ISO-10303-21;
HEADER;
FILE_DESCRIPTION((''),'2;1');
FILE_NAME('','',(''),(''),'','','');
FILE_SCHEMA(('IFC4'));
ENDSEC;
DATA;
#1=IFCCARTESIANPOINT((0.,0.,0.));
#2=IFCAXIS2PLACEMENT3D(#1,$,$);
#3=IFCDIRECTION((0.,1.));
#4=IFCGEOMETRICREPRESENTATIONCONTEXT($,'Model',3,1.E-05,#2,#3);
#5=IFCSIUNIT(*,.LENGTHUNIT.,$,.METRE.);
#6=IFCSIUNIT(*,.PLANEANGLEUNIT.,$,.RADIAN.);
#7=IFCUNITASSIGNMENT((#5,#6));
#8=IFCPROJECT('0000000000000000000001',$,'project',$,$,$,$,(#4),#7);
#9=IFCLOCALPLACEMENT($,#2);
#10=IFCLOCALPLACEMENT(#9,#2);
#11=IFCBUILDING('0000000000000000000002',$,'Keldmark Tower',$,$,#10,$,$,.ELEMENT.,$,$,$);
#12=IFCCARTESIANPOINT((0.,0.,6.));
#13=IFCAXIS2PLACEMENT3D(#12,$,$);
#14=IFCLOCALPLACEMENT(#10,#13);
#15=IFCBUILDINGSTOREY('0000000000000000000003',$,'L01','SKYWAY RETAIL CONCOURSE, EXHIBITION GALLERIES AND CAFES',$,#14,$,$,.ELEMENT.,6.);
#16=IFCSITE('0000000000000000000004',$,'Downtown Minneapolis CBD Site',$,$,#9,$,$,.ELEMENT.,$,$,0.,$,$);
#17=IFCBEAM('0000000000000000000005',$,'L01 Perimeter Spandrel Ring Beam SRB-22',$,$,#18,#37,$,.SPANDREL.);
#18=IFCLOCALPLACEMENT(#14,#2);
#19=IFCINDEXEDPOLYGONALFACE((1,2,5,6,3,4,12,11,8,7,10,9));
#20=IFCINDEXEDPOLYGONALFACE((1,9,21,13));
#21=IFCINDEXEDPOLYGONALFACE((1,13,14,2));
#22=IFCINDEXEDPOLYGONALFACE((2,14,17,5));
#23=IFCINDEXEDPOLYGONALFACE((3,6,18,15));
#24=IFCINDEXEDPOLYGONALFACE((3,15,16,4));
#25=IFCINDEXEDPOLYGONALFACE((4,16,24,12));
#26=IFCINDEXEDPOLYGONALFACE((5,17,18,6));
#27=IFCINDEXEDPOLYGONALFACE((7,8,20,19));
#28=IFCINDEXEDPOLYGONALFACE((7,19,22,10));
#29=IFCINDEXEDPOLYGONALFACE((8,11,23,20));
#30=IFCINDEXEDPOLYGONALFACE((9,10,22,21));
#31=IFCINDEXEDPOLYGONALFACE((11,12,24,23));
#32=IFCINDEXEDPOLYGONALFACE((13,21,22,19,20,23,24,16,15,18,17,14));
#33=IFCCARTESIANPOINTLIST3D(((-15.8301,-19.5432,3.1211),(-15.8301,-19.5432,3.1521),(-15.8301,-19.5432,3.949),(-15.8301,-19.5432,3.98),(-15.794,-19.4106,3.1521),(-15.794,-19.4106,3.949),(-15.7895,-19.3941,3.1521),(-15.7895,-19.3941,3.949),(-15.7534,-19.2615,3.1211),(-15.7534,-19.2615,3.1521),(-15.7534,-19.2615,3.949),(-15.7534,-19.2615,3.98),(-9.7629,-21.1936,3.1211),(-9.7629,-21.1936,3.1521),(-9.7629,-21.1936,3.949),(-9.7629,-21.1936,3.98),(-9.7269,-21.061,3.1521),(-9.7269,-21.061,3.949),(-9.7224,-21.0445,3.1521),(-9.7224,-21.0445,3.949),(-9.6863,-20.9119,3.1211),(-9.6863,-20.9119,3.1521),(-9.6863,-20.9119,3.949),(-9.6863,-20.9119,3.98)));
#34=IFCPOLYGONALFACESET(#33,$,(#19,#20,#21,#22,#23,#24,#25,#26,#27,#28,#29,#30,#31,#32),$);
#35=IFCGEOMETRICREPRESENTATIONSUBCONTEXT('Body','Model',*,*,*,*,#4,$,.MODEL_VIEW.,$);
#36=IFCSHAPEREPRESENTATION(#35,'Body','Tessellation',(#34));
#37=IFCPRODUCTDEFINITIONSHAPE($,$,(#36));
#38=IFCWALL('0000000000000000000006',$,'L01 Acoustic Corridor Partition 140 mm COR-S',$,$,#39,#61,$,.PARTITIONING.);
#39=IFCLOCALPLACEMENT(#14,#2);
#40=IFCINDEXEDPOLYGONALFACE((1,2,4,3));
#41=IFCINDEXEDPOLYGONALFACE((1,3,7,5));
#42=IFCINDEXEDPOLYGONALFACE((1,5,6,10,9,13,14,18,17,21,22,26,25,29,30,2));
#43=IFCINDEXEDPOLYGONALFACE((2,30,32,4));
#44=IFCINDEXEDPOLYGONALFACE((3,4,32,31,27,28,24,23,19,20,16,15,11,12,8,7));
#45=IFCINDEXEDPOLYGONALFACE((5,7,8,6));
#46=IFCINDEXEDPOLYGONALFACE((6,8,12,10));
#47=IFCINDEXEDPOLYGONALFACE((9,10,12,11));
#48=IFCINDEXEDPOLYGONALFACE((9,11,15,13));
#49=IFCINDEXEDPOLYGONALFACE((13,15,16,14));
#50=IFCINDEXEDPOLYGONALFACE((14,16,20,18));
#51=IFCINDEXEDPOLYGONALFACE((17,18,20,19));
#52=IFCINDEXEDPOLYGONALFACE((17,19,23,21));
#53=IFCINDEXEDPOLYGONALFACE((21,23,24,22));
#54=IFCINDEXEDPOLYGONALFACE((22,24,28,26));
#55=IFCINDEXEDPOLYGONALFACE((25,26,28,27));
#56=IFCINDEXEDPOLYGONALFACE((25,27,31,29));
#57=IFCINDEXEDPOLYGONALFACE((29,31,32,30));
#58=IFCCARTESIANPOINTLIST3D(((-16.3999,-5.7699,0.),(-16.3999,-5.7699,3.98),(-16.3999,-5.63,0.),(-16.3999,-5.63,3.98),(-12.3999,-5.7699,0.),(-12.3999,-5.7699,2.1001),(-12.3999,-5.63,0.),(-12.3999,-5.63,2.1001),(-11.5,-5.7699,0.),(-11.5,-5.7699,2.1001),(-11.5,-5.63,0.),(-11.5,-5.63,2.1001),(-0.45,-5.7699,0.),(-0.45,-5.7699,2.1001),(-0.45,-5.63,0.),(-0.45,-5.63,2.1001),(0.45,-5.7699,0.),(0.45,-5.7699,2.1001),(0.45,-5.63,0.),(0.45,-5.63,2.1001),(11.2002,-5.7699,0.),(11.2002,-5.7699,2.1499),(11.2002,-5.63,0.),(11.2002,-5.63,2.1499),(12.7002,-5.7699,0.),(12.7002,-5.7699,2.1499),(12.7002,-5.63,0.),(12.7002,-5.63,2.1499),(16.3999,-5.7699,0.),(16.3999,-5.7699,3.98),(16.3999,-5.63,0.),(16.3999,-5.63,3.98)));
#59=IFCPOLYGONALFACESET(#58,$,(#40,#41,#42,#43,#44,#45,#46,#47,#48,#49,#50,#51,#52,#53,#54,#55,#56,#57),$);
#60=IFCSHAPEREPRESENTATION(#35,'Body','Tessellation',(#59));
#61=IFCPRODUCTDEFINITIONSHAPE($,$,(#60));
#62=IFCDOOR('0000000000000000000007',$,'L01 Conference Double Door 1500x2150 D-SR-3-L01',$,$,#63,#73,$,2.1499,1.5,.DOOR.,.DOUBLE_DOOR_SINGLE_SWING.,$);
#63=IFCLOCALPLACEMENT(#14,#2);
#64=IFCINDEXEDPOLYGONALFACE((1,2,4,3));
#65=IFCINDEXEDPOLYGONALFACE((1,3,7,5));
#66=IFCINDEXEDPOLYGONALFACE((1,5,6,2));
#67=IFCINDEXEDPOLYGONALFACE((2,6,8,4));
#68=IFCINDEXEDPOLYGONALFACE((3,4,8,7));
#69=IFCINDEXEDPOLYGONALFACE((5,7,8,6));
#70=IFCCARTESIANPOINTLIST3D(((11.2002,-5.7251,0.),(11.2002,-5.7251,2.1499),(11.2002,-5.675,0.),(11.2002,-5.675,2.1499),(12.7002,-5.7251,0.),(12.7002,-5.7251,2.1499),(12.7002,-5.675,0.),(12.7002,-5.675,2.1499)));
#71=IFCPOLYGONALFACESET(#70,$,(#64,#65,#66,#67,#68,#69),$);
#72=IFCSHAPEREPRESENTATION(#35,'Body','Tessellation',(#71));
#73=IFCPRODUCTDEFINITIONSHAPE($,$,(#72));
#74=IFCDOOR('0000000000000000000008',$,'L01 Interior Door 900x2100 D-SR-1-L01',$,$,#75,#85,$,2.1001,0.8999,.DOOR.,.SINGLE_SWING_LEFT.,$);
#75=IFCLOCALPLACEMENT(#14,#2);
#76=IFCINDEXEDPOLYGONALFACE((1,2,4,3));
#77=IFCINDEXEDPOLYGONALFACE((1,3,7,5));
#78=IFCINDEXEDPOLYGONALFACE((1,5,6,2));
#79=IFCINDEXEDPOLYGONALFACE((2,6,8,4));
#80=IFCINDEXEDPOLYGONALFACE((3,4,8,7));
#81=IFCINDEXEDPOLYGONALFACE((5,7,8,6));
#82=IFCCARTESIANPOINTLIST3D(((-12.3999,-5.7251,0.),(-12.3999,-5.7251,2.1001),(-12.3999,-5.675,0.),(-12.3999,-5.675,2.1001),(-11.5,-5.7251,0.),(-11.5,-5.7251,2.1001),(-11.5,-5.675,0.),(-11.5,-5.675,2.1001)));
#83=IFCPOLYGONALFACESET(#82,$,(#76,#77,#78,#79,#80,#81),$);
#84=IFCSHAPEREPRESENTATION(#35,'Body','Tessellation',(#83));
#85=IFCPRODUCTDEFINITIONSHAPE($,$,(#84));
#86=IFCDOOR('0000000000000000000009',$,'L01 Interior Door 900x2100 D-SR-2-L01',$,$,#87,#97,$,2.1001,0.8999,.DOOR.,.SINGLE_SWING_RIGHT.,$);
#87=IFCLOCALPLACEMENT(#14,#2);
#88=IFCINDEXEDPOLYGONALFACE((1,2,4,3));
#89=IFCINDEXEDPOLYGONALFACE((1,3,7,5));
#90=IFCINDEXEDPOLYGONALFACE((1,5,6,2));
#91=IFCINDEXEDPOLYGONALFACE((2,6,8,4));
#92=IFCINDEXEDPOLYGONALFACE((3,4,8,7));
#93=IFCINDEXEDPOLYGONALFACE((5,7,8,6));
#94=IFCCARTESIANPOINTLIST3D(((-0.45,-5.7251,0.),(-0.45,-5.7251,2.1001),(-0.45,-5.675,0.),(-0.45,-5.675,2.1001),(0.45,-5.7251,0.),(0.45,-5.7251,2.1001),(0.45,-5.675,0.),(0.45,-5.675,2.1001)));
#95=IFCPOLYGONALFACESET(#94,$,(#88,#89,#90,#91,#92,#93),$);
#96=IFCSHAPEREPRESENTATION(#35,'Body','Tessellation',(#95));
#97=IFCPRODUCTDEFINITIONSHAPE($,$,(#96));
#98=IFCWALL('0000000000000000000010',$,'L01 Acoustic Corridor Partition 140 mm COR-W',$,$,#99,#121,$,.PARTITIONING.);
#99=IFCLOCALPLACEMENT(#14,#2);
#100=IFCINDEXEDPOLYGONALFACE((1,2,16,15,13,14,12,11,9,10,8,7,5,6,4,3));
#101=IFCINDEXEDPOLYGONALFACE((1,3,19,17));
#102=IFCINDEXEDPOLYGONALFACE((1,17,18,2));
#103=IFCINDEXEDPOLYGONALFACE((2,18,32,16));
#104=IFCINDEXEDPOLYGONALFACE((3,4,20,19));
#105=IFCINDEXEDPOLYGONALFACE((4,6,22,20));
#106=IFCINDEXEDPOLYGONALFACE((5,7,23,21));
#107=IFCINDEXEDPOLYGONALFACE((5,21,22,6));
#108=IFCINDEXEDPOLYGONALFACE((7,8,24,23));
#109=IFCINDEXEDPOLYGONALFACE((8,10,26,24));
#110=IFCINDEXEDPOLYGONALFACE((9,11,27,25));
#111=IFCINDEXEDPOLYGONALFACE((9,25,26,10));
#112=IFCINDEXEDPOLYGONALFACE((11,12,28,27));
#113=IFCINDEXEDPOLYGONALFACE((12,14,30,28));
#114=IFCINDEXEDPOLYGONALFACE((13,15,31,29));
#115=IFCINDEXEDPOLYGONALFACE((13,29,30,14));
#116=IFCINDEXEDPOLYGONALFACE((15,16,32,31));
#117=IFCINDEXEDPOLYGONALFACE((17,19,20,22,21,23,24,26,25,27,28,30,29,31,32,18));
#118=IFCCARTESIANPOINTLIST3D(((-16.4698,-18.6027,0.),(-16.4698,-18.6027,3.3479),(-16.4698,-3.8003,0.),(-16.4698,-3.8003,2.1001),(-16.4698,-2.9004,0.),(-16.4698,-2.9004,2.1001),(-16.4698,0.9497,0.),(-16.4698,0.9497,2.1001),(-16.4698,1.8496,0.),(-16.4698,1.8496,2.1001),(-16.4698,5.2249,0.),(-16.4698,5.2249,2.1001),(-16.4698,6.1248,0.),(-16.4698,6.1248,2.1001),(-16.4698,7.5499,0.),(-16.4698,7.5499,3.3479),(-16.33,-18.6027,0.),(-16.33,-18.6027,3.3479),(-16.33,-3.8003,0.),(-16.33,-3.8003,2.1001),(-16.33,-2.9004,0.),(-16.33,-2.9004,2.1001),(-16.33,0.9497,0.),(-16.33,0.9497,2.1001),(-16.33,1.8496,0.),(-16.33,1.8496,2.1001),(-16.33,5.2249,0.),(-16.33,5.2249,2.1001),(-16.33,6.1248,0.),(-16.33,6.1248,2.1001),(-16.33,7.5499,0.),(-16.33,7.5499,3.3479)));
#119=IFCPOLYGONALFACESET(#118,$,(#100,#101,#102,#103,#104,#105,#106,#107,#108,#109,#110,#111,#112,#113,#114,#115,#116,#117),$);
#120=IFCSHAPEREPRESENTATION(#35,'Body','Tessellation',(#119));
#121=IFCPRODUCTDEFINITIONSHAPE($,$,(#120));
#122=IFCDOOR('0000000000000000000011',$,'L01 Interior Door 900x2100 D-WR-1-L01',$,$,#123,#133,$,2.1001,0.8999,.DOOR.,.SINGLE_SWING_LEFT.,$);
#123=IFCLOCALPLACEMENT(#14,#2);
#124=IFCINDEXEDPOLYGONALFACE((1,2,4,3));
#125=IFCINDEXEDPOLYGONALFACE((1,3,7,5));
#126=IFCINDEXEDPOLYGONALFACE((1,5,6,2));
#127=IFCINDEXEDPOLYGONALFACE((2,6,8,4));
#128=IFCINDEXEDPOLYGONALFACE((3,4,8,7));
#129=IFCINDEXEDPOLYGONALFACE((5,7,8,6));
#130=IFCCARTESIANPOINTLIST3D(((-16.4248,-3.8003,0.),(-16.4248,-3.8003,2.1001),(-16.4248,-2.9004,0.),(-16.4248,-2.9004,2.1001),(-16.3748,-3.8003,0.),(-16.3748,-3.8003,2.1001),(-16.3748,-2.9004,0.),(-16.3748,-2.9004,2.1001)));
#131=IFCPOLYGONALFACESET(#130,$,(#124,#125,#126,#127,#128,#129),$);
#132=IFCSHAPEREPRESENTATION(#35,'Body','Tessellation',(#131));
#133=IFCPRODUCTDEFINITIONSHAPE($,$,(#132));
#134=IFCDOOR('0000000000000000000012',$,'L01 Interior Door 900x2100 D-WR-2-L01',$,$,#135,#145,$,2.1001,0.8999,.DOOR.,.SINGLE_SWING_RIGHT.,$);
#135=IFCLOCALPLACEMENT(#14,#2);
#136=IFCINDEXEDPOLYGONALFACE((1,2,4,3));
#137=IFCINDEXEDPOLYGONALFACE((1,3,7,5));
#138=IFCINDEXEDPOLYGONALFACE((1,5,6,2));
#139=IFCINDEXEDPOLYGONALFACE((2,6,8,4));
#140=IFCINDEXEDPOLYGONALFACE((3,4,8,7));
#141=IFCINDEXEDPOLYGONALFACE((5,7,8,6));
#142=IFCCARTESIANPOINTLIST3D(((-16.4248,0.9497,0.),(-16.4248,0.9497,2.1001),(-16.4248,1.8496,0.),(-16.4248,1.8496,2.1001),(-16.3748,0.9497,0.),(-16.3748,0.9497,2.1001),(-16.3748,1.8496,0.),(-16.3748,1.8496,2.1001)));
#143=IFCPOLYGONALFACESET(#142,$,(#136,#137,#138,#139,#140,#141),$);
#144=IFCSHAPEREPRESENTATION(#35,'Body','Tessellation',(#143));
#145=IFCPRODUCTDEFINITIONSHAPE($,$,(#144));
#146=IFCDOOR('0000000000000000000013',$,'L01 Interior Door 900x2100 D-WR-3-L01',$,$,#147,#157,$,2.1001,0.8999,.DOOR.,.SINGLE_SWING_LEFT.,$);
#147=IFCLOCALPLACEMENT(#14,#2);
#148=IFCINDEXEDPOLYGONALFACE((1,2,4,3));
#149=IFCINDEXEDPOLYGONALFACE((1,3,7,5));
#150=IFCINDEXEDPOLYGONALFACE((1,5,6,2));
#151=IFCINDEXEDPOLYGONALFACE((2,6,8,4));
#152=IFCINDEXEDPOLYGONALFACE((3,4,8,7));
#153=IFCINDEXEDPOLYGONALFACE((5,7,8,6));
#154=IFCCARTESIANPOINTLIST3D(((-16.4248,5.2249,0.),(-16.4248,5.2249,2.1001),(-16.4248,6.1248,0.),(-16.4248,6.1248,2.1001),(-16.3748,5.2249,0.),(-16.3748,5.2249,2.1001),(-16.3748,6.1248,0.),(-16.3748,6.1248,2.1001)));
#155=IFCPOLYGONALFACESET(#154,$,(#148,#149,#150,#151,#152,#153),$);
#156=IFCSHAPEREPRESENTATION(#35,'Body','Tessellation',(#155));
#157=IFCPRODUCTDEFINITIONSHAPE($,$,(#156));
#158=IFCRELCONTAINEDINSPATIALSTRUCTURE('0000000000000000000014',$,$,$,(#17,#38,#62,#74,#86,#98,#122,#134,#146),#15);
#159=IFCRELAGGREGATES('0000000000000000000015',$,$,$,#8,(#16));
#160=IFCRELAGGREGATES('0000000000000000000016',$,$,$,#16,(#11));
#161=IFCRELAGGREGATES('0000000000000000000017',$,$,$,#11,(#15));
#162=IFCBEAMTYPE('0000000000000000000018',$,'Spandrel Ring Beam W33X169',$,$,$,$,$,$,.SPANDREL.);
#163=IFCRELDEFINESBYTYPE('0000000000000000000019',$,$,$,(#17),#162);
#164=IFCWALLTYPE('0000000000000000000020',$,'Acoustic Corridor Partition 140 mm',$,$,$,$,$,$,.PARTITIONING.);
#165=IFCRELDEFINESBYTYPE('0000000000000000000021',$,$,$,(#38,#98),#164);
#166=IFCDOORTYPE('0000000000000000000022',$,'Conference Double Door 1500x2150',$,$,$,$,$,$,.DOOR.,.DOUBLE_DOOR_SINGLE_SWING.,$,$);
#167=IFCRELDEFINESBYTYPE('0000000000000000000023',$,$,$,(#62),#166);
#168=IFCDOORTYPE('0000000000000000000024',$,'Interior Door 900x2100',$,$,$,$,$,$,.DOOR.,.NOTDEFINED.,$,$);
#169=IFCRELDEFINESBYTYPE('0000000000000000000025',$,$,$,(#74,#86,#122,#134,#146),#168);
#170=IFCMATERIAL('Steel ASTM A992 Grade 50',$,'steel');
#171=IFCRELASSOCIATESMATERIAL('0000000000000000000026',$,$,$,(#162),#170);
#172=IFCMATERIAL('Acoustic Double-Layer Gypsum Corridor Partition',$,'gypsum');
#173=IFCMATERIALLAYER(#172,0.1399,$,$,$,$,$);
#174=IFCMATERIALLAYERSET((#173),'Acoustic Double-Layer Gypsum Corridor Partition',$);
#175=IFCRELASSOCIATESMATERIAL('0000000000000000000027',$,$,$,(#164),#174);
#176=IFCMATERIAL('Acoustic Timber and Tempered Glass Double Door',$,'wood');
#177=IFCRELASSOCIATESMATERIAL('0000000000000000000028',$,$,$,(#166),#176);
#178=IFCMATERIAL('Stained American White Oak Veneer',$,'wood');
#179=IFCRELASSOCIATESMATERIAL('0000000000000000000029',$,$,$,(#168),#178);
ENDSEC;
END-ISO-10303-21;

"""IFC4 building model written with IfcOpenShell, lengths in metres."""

from ifc_helpers import new_model, si_unit, direction, frame, frame_2d, origin, origin_2d, place, context, subcontext, project, spatial, rectangle, i_section, extrude, material, layer, layer_set, material_profile, profile_set, type_object, element, fill, save


model = new_model("IFC4")

# Units and contexts
model_context = context("Model", 3, precision=1e-05, world=origin(), true_north=direction((0.0, 1.0)))
body_context = subcontext(model_context, "Body", "Model", "MODEL_VIEW")
ifc_project = project(units=[si_unit("LENGTHUNIT", "METRE"), si_unit("PLANEANGLEUNIT", "RADIAN")], contexts=[model_context])

# Site, building, storey
site_placement = place(None, origin())
site = spatial("IfcSite", under=ifc_project, at=site_placement, Name="Downtown Minneapolis CBD Site", CompositionType="ELEMENT", RefElevation=0.0)
building_placement = place(site_placement, origin())
building = spatial("IfcBuilding", under=site, at=building_placement, Name="Keldmark Tower", CompositionType="ELEMENT")
storey_placement = place(building_placement, frame((0.0, 0.0, 6.0)))
storey = spatial("IfcBuildingStorey", under=building, at=storey_placement, Name="L01", Description="SKYWAY RETAIL CONCOURSE, EXHIBITION GALLERIES AND CAFES", CompositionType="ELEMENT", Elevation=6.0)

# Beam
ifc_material_1 = material(Name="Steel ASTM A992 Grade 50", Category="steel")
ifc_material_profile_1 = material_profile(ifc_material_1, i_section(OverallWidth=0.292, OverallDepth=0.8589, WebThickness=0.0171, FlangeThickness=0.031, at=origin_2d()), Name="W33X169")
ifc_profile_set_1 = profile_set([ifc_material_profile_1], Name="Steel ASTM A992 Grade 50")
beam_type_1 = type_object("IfcBeamType", Name="Spandrel Ring Beam W33X169", PredefinedType="SPANDREL", material=ifc_profile_set_1)
beam_1_placement = place(storey_placement, frame((-15.7917, -19.4023, 3.5505), z_axis=(0.964937, -0.262483, 0.0), x_axis=(0.262483, 0.964937, 0.0)))
element("IfcBeam", 1, at=beam_1_placement, inside=storey, type_object=beam_type_1, Name="L01 Perimeter Spandrel Ring Beam SRB-22", PredefinedType="SPANDREL", context=body_context, shape_type="SweptSolid", body=[
    extrude(i_section(OverallWidth=0.292, OverallDepth=0.8589, WebThickness=0.0171, FlangeThickness=0.031, at=origin_2d()), origin(), (0.0, 0.0, 1.0), 6.2876),
])

# Walls, openings, doors
ifc_material_2 = material(Name="Acoustic Double-Layer Gypsum Corridor Partition", Category="gypsum")
ifc_layer_1 = layer(ifc_material_2, 0.1399)
ifc_layer_set_1 = layer_set([ifc_layer_1], Name="Acoustic Double-Layer Gypsum Corridor Partition")
wall_type_1 = type_object("IfcWallType", Name="Acoustic Corridor Partition 140 mm", PredefinedType="PARTITIONING", material=ifc_layer_set_1)
wall_1_placement = place(storey_placement, frame((-16.3999, -5.7, 0.0), z_axis=(0.0, 0.0, 1.0), x_axis=(1.0, 0.0, 0.0)))
wall_1 = element("IfcWall", 2, at=wall_1_placement, inside=storey, type_object=wall_type_1, Name="L01 Acoustic Corridor Partition 140 mm COR-S", PredefinedType="PARTITIONING", context=body_context, shape_type="SweptSolid", body=[
    extrude(rectangle(XDim=32.7998, YDim=0.1399, at=frame_2d((16.3999, 0.0))), origin(), (0.0, 0.0, 1.0), 3.98),
])
opening_1_placement = place(wall_1_placement, frame((4.0, 0.0, 0.0)))
opening_1 = element("IfcOpeningElement", 3, at=opening_1_placement, cuts=wall_1, PredefinedType="OPENING", context=body_context, shape_type="SweptSolid", body=[
    extrude(rectangle(XDim=0.8999, YDim=2.1001, at=frame_2d((0.45, 1.05))), frame((0.0, 0.0798, 0.0), z_axis=(0.0, -1.0, 0.0), x_axis=(1.0, 0.0, 0.0)), (0.0, 0.0, 1.0), 0.1599),
])
opening_2_placement = place(wall_1_placement, frame((15.95, 0.0, 0.0)))
opening_2 = element("IfcOpeningElement", 4, at=opening_2_placement, cuts=wall_1, PredefinedType="OPENING", context=body_context, shape_type="SweptSolid", body=[
    extrude(rectangle(XDim=0.8999, YDim=2.1001, at=frame_2d((0.45, 1.05))), frame((0.0, 0.0798, 0.0), z_axis=(0.0, -1.0, 0.0), x_axis=(1.0, 0.0, 0.0)), (0.0, 0.0, 1.0), 0.1599),
])
opening_3_placement = place(wall_1_placement, frame((27.6001, 0.0, 0.0)))
opening_3 = element("IfcOpeningElement", 5, at=opening_3_placement, cuts=wall_1, PredefinedType="OPENING", context=body_context, shape_type="SweptSolid", body=[
    extrude(rectangle(XDim=1.5, YDim=2.1499, at=frame_2d((0.75, 1.075))), frame((0.0, 0.0798, 0.0), z_axis=(0.0, -1.0, 0.0), x_axis=(1.0, 0.0, 0.0)), (0.0, 0.0, 1.0), 0.1599),
])
ifc_material_3 = material(Name="Acoustic Timber and Tempered Glass Double Door", Category="wood")
door_type_1 = type_object("IfcDoorType", Name="Conference Double Door 1500x2150", OperationType="DOUBLE_DOOR_SINGLE_SWING", PredefinedType="DOOR", material=ifc_material_3)
door_1_placement = place(opening_3_placement, origin())
door_1 = element("IfcDoor", 6, at=door_1_placement, inside=storey, type_object=door_type_1, Name="L01 Conference Double Door 1500x2150 D-SR-3-L01", OperationType="DOUBLE_DOOR_SINGLE_SWING", OverallHeight=2.1499, OverallWidth=1.5, PredefinedType="DOOR", context=body_context, shape_type="SweptSolid", body=[
    extrude(rectangle(XDim=1.5, YDim=2.1499, at=frame_2d((0.75, 1.075))), frame((0.0, 0.0249, 0.0), z_axis=(0.0, -1.0, 0.0), x_axis=(1.0, 0.0, 0.0)), (0.0, 0.0, 1.0), 0.05),
])
fill(opening_3, door_1)
ifc_material_4 = material(Name="Stained American White Oak Veneer", Category="wood")
door_type_2 = type_object("IfcDoorType", Name="Interior Door 900x2100", OperationType="NOTDEFINED", PredefinedType="DOOR", material=ifc_material_4)
door_2_placement = place(opening_1_placement, origin())
door_2 = element("IfcDoor", 7, at=door_2_placement, inside=storey, type_object=door_type_2, Name="L01 Interior Door 900x2100 D-SR-1-L01", OperationType="SINGLE_SWING_LEFT", OverallHeight=2.1001, OverallWidth=0.8999, PredefinedType="DOOR", context=body_context, shape_type="SweptSolid", body=[
    extrude(rectangle(XDim=0.8999, YDim=2.1001, at=frame_2d((0.45, 1.05))), frame((0.0, 0.0249, 0.0), z_axis=(0.0, -1.0, 0.0), x_axis=(1.0, 0.0, 0.0)), (0.0, 0.0, 1.0), 0.05),
])
fill(opening_1, door_2)
door_3_placement = place(opening_2_placement, origin())
door_3 = element("IfcDoor", 8, at=door_3_placement, inside=storey, type_object=door_type_2, Name="L01 Interior Door 900x2100 D-SR-2-L01", OperationType="SINGLE_SWING_RIGHT", OverallHeight=2.1001, OverallWidth=0.8999, PredefinedType="DOOR", context=body_context, shape_type="SweptSolid", body=[
    extrude(rectangle(XDim=0.8999, YDim=2.1001, at=frame_2d((0.45, 1.05))), frame((0.0, 0.0249, 0.0), z_axis=(0.0, -1.0, 0.0), x_axis=(1.0, 0.0, 0.0)), (0.0, 0.0, 1.0), 0.05),
])
fill(opening_2, door_3)
wall_2_placement = place(storey_placement, frame((-16.3999, -18.6025, 0.0), z_axis=(0.0, 0.0, 1.0), x_axis=(0.0, 1.0, 0.0)))
wall_2 = element("IfcWall", 9, at=wall_2_placement, inside=storey, type_object=wall_type_1, Name="L01 Acoustic Corridor Partition 140 mm COR-W", PredefinedType="PARTITIONING", context=body_context, shape_type="SweptSolid", body=[
    extrude(rectangle(XDim=26.1526, YDim=0.1399, at=frame_2d((13.0762, 0.0))), origin(), (0.0, 0.0, 1.0), 3.3479),
])
opening_4_placement = place(wall_2_placement, frame((14.8022, 0.0, 0.0)))
opening_4 = element("IfcOpeningElement", 10, at=opening_4_placement, cuts=wall_2, PredefinedType="OPENING", context=body_context, shape_type="SweptSolid", body=[
    extrude(rectangle(XDim=0.8999, YDim=2.1001, at=frame_2d((0.45, 1.05))), frame((0.0, 0.0798, 0.0), z_axis=(0.0, -1.0, 0.0), x_axis=(1.0, 0.0, 0.0)), (0.0, 0.0, 1.0), 0.1599),
])
opening_5_placement = place(wall_2_placement, frame((19.5522, 0.0, 0.0)))
opening_5 = element("IfcOpeningElement", 11, at=opening_5_placement, cuts=wall_2, PredefinedType="OPENING", context=body_context, shape_type="SweptSolid", body=[
    extrude(rectangle(XDim=0.8999, YDim=2.1001, at=frame_2d((0.45, 1.05))), frame((0.0, 0.0798, 0.0), z_axis=(0.0, -1.0, 0.0), x_axis=(1.0, 0.0, 0.0)), (0.0, 0.0, 1.0), 0.1599),
])
opening_6_placement = place(wall_2_placement, frame((23.8274, 0.0, 0.0)))
opening_6 = element("IfcOpeningElement", 12, at=opening_6_placement, cuts=wall_2, PredefinedType="OPENING", context=body_context, shape_type="SweptSolid", body=[
    extrude(rectangle(XDim=0.8999, YDim=2.1001, at=frame_2d((0.45, 1.05))), frame((0.0, 0.0798, 0.0), z_axis=(0.0, -1.0, 0.0), x_axis=(1.0, 0.0, 0.0)), (0.0, 0.0, 1.0), 0.1599),
])
door_4_placement = place(opening_4_placement, origin())
door_4 = element("IfcDoor", 13, at=door_4_placement, inside=storey, type_object=door_type_2, Name="L01 Interior Door 900x2100 D-WR-1-L01", OperationType="SINGLE_SWING_LEFT", OverallHeight=2.1001, OverallWidth=0.8999, PredefinedType="DOOR", context=body_context, shape_type="SweptSolid", body=[
    extrude(rectangle(XDim=0.8999, YDim=2.1001, at=frame_2d((0.45, 1.05))), frame((0.0, 0.0249, 0.0), z_axis=(0.0, -1.0, 0.0), x_axis=(1.0, 0.0, 0.0)), (0.0, 0.0, 1.0), 0.05),
])
fill(opening_4, door_4)
door_5_placement = place(opening_5_placement, origin())
door_5 = element("IfcDoor", 14, at=door_5_placement, inside=storey, type_object=door_type_2, Name="L01 Interior Door 900x2100 D-WR-2-L01", OperationType="SINGLE_SWING_RIGHT", OverallHeight=2.1001, OverallWidth=0.8999, PredefinedType="DOOR", context=body_context, shape_type="SweptSolid", body=[
    extrude(rectangle(XDim=0.8999, YDim=2.1001, at=frame_2d((0.45, 1.05))), frame((0.0, 0.0249, 0.0), z_axis=(0.0, -1.0, 0.0), x_axis=(1.0, 0.0, 0.0)), (0.0, 0.0, 1.0), 0.05),
])
fill(opening_5, door_5)
door_6_placement = place(opening_6_placement, origin())
door_6 = element("IfcDoor", 15, at=door_6_placement, inside=storey, type_object=door_type_2, Name="L01 Interior Door 900x2100 D-WR-3-L01", OperationType="SINGLE_SWING_LEFT", OverallHeight=2.1001, OverallWidth=0.8999, PredefinedType="DOOR", context=body_context, shape_type="SweptSolid", body=[
    extrude(rectangle(XDim=0.8999, YDim=2.1001, at=frame_2d((0.45, 1.05))), frame((0.0, 0.0249, 0.0), z_axis=(0.0, -1.0, 0.0), x_axis=(1.0, 0.0, 0.0)), (0.0, 0.0, 1.0), 0.05),
])
fill(opening_6, door_6)

save(model, "model.ifc")
